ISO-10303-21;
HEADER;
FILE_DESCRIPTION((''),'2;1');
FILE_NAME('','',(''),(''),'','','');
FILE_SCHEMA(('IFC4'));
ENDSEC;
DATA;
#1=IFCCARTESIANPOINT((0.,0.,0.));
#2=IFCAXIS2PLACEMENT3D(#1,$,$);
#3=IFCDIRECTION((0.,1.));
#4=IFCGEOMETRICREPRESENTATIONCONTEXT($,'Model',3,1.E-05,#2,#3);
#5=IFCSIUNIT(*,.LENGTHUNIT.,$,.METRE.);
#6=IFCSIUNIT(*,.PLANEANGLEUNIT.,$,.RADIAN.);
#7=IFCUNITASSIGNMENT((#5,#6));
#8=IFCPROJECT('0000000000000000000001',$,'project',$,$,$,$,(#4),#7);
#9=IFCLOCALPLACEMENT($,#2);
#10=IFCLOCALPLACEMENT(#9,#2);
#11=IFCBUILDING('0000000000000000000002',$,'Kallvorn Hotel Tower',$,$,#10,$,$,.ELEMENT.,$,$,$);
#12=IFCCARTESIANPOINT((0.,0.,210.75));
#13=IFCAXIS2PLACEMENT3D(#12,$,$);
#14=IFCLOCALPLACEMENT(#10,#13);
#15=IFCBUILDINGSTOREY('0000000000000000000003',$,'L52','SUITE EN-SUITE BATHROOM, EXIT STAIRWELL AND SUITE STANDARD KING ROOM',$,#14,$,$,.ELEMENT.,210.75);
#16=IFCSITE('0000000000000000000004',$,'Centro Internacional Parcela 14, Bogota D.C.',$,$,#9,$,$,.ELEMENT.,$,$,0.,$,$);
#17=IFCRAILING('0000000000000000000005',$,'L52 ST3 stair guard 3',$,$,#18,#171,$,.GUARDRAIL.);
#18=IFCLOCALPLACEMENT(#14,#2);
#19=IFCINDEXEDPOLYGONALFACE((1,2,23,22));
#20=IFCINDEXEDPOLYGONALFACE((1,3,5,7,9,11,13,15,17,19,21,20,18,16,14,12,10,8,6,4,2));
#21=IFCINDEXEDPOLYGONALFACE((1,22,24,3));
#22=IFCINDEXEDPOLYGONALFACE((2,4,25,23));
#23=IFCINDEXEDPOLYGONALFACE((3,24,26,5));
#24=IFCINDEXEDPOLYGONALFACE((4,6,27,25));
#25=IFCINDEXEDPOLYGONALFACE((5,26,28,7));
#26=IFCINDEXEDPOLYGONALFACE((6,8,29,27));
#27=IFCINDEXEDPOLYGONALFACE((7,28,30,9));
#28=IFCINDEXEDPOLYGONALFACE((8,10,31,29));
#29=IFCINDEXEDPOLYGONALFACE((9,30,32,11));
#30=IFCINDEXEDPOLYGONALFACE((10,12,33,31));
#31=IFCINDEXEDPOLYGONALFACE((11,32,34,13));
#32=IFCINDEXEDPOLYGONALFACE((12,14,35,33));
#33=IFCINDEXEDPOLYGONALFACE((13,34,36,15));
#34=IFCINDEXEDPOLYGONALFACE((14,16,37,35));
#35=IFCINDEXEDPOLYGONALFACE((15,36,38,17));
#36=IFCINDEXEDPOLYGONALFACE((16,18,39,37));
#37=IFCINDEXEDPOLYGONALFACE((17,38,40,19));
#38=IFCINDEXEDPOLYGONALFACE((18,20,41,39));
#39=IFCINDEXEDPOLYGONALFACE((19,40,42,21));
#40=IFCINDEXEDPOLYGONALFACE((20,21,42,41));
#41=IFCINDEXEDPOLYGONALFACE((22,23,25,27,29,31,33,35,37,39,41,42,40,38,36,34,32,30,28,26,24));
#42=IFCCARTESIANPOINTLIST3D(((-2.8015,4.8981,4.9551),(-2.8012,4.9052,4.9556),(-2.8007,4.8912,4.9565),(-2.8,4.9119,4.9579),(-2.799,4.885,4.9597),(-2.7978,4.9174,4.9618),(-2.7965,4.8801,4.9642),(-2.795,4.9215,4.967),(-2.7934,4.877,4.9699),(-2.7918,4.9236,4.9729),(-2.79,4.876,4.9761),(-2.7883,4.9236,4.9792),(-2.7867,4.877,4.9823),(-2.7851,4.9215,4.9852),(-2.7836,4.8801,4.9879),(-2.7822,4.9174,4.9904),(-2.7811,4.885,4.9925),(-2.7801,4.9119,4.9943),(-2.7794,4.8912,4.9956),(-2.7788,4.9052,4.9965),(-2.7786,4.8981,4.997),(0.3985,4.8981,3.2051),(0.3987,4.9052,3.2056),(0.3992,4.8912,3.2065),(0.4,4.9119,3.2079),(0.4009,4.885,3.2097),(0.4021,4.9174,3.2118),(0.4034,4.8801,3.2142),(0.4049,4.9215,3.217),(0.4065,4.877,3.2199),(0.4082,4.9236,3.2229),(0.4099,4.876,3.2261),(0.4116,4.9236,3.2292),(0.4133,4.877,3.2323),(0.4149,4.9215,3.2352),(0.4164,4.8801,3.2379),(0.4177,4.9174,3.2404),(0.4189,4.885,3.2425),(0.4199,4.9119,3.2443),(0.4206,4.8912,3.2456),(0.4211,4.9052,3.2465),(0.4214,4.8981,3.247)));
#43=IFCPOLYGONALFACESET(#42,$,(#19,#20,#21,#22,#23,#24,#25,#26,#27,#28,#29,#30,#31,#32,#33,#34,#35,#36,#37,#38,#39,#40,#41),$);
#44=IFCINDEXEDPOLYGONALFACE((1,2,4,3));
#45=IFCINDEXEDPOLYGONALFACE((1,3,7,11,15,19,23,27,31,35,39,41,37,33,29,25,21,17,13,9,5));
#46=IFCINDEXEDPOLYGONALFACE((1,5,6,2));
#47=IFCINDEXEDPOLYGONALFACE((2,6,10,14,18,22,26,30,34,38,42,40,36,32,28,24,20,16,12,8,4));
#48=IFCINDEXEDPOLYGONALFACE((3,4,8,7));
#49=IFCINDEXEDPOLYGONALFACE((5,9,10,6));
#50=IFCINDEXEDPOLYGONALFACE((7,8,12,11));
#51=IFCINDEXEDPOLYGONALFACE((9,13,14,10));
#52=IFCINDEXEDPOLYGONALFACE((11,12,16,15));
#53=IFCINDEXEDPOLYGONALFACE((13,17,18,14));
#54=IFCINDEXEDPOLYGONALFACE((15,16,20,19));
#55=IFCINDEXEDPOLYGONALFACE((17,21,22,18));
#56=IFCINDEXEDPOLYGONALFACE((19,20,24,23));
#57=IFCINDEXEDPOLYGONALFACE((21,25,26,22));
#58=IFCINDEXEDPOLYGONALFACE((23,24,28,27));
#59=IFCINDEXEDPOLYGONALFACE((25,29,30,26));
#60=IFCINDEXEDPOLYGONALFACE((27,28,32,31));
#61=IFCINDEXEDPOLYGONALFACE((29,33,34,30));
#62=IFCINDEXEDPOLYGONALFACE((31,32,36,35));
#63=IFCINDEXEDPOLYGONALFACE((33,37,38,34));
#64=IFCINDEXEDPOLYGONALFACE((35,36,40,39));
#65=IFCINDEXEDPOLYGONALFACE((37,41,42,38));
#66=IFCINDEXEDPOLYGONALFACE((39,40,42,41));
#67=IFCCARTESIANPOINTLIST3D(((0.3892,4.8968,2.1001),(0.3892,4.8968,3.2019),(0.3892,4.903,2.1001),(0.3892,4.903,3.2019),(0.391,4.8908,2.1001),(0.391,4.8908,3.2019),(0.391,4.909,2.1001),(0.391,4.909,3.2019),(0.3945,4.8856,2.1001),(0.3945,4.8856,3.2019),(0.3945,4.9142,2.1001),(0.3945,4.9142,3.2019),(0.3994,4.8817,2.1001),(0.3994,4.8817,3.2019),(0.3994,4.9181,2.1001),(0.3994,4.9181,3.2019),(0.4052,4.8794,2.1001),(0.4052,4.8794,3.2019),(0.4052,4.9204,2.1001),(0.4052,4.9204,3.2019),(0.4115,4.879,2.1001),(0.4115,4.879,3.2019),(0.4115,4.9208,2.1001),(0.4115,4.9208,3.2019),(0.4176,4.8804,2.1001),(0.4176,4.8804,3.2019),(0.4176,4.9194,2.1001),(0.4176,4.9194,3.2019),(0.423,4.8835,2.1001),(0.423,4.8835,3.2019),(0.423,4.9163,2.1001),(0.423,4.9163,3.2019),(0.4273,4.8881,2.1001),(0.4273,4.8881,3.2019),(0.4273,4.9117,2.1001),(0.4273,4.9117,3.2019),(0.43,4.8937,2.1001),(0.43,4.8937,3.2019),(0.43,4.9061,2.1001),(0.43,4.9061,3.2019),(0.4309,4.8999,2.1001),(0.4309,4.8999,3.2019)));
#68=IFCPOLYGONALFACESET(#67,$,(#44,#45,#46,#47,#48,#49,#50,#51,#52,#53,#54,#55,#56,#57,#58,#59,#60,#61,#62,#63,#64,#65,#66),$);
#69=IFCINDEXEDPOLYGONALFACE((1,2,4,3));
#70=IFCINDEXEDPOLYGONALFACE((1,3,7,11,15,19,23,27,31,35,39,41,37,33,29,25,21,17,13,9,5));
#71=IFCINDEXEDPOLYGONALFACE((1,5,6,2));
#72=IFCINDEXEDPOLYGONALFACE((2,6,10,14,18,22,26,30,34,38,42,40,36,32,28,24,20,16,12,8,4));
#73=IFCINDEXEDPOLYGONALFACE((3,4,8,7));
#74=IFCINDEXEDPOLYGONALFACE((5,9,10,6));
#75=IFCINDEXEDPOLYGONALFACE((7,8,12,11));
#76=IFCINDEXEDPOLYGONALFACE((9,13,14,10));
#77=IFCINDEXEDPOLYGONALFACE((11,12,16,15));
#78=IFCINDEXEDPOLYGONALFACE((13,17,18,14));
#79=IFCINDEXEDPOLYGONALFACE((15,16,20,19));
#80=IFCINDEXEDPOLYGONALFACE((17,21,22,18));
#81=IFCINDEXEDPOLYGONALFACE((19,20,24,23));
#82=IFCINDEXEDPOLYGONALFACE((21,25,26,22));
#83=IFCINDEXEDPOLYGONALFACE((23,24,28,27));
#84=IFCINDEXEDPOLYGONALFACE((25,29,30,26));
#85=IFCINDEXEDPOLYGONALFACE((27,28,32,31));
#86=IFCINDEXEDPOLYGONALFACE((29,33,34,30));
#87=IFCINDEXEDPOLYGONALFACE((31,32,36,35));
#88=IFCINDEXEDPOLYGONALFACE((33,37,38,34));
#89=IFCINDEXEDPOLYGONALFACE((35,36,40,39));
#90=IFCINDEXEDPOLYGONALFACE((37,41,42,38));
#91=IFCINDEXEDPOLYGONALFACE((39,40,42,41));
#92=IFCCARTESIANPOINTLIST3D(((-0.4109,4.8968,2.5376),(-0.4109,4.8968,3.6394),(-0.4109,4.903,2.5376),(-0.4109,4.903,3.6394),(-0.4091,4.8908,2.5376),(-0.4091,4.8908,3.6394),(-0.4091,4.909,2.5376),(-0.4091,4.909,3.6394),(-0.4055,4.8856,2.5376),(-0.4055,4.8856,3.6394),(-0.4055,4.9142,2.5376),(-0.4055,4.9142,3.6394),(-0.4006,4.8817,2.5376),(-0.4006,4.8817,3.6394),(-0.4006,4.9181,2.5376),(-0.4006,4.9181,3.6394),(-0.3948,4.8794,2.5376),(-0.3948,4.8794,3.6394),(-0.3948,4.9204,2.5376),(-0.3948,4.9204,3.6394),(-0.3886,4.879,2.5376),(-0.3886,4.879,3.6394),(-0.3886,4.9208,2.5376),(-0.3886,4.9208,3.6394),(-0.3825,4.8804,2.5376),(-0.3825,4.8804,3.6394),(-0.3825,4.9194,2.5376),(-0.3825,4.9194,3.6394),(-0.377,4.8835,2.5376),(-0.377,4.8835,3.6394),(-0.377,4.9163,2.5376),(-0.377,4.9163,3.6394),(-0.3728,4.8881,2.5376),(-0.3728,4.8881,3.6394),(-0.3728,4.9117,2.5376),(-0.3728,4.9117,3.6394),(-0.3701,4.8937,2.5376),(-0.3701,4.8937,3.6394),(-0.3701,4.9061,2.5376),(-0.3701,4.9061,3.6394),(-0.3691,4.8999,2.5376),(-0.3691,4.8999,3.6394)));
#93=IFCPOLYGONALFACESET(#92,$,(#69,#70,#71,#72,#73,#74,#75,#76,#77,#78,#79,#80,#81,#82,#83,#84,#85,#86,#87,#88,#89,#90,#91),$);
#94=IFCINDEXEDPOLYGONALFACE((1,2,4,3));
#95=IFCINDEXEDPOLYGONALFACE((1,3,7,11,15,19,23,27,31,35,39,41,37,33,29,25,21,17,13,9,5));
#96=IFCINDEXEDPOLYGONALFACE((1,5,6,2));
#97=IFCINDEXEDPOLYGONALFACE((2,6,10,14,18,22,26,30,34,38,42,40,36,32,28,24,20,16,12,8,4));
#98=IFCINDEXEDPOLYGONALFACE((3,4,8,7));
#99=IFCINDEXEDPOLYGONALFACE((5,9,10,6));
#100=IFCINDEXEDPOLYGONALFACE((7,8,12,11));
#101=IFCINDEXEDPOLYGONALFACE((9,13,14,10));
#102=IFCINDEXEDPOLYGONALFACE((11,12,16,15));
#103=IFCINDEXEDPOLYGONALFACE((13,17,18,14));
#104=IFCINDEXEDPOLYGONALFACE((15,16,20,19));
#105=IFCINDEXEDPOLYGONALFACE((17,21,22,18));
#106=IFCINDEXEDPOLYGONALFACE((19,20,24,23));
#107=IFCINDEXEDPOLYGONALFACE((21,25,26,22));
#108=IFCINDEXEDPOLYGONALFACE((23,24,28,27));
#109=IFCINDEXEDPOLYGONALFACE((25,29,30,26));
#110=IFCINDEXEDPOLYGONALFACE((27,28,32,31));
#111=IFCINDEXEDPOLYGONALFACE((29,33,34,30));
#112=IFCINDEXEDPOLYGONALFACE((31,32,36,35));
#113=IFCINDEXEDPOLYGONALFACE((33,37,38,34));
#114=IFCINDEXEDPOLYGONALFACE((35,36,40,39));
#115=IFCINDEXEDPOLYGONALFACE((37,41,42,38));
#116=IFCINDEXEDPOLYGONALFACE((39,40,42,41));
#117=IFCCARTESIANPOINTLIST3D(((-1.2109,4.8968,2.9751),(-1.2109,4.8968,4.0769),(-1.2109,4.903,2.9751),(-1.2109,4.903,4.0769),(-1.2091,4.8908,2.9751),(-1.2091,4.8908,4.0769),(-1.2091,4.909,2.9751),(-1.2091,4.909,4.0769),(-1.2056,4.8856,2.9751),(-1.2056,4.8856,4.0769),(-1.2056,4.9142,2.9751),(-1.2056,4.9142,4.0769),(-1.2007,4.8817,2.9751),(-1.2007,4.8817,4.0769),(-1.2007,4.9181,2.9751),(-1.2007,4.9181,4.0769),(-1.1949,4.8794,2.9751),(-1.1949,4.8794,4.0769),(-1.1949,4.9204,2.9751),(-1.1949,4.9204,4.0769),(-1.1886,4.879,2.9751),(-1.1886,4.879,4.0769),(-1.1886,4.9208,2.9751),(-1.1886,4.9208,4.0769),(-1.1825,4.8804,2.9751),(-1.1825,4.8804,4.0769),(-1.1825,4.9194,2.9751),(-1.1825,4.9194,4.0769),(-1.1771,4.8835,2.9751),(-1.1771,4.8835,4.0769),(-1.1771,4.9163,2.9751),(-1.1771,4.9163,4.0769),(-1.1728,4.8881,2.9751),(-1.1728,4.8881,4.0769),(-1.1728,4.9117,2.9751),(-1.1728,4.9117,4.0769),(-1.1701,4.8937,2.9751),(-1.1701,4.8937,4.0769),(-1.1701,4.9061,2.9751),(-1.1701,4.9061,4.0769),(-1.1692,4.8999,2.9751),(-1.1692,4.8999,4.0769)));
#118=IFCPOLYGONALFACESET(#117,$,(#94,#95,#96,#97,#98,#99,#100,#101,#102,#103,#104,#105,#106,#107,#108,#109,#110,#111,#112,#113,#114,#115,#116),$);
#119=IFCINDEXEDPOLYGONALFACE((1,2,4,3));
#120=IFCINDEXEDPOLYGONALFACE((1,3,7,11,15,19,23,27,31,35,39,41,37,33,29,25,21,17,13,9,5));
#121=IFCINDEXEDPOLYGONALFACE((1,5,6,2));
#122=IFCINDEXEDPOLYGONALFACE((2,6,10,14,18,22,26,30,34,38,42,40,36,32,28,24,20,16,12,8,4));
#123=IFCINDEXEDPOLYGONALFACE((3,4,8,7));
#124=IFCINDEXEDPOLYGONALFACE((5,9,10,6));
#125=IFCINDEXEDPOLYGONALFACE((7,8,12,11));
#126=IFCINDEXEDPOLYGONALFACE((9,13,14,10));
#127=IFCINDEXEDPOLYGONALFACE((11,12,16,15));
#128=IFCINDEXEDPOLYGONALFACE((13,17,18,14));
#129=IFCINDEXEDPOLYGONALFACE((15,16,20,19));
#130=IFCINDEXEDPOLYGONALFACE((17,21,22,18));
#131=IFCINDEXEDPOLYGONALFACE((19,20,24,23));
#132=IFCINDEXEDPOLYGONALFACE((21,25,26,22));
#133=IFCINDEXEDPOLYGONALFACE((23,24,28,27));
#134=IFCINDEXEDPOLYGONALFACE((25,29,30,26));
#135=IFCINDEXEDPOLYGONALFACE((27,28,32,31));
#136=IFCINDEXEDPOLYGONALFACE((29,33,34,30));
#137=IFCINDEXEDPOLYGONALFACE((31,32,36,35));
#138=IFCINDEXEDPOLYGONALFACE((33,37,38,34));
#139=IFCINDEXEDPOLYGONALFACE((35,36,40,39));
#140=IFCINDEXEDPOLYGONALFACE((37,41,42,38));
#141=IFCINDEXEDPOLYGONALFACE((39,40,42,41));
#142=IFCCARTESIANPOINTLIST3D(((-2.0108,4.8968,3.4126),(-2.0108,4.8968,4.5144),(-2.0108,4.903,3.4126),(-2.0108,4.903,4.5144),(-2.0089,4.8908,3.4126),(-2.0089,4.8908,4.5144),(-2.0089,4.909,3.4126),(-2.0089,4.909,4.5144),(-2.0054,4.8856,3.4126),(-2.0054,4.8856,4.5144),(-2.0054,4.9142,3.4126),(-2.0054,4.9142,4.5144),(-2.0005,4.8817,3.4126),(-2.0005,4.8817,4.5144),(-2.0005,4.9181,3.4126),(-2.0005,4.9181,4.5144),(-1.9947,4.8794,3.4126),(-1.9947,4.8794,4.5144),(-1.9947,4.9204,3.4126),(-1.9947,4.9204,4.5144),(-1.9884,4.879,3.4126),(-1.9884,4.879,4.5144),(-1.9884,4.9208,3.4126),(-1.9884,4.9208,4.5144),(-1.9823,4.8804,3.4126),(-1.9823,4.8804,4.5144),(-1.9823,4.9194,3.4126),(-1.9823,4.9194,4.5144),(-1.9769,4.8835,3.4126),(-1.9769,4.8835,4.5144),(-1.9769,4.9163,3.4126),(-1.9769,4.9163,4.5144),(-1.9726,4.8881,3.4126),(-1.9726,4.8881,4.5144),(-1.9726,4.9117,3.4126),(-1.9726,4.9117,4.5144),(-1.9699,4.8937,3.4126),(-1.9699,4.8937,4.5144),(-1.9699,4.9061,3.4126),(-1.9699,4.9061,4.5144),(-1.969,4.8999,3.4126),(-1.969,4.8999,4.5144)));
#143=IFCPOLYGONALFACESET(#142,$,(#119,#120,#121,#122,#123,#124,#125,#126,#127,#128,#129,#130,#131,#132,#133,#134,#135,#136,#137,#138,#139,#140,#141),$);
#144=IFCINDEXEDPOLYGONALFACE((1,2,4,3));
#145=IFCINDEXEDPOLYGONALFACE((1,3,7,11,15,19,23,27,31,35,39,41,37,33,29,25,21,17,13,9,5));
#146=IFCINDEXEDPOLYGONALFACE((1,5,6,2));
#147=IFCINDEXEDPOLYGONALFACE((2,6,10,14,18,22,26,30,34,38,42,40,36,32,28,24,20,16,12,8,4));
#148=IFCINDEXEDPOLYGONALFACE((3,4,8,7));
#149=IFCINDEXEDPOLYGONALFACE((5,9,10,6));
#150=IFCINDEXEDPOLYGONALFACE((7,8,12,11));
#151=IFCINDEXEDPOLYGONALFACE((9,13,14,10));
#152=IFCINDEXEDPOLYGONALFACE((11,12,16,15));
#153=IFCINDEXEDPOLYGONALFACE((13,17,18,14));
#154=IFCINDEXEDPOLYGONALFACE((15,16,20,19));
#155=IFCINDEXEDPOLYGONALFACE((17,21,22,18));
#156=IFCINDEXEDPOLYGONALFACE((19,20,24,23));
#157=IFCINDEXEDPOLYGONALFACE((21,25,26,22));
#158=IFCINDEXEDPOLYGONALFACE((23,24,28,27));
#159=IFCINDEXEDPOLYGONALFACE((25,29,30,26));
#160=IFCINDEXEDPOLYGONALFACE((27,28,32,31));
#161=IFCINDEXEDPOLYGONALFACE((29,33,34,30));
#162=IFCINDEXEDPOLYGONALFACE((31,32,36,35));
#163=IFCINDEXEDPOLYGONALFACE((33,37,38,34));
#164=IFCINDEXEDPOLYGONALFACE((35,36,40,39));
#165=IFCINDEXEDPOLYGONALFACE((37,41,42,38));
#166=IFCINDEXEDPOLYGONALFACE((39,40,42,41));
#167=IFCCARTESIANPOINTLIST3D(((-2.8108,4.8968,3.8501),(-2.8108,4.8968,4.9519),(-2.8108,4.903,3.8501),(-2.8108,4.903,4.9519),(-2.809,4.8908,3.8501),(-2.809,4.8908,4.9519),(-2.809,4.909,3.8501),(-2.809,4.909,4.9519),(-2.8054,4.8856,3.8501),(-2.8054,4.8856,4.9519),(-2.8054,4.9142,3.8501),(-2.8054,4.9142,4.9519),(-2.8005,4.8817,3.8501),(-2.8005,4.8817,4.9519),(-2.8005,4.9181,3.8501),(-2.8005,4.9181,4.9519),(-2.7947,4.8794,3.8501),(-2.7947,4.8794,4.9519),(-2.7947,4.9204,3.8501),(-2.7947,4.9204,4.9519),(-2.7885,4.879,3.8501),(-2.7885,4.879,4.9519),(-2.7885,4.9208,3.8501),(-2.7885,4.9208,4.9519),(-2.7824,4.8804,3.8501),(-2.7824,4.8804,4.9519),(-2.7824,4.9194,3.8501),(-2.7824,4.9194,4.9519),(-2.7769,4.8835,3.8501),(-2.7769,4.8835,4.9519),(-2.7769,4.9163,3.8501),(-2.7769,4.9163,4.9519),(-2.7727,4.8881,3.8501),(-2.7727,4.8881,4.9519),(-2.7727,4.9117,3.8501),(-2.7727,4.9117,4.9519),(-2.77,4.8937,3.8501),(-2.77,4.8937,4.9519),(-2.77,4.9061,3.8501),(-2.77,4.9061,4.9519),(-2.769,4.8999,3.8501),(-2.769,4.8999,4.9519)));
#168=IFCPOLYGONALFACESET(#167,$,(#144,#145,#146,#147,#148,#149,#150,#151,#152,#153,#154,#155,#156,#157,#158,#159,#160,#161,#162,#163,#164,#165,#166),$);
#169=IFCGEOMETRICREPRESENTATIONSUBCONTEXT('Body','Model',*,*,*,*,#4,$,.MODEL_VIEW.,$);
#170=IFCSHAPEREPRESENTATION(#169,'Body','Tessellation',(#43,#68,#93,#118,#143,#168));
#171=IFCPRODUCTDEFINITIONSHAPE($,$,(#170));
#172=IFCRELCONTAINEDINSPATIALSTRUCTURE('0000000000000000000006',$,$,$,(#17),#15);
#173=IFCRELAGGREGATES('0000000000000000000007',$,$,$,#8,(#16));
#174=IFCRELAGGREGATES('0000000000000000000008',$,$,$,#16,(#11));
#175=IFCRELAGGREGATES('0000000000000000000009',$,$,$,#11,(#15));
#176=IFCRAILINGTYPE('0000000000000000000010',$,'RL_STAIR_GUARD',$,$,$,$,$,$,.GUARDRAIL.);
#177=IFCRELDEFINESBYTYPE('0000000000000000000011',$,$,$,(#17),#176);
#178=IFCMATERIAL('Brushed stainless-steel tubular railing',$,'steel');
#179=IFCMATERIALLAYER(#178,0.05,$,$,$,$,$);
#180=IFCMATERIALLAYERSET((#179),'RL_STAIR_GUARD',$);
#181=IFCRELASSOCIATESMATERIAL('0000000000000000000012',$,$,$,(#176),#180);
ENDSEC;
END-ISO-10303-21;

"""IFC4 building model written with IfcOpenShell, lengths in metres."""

from ifc_helpers import new_model, si_unit, direction, frame, origin, origin_2d, place, context, subcontext, project, spatial, circle, extrude, material, layer, layer_set, type_object, element, save


model = new_model("IFC4")

# Units and contexts
model_context = context("Model", 3, precision=1e-05, world=origin(), true_north=direction((0.0, 1.0)))
body_context = subcontext(model_context, "Body", "Model", "MODEL_VIEW")
ifc_project = project(units=[si_unit("LENGTHUNIT", "METRE"), si_unit("PLANEANGLEUNIT", "RADIAN")], contexts=[model_context])

# Site, building, storey
site_placement = place(None, origin())
site = spatial("IfcSite", under=ifc_project, at=site_placement, Name="Centro Internacional Parcela 14, Bogota D.C.", CompositionType="ELEMENT", RefElevation=0.0)
building_placement = place(site_placement, origin())
building = spatial("IfcBuilding", under=site, at=building_placement, Name="Kallvorn Hotel Tower", CompositionType="ELEMENT")
storey_placement = place(building_placement, frame((0.0, 0.0, 210.75)))
storey = spatial("IfcBuildingStorey", under=building, at=storey_placement, Name="L52", Description="SUITE EN-SUITE BATHROOM, EXIT STAIRWELL AND SUITE STANDARD KING ROOM", CompositionType="ELEMENT", Elevation=210.75)

# Railing
ifc_material_1 = material(Name="Brushed stainless-steel tubular railing", Category="steel")
ifc_layer_1 = layer(ifc_material_1, 0.05)
ifc_layer_set_1 = layer_set([ifc_layer_1], Name="RL_STAIR_GUARD")
railing_type_1 = type_object("IfcRailingType", Name="RL_STAIR_GUARD", PredefinedType="GUARDRAIL", material=ifc_layer_set_1)
railing_1_placement = place(storey_placement, frame((0.4099, 4.8999, 2.1001)))
element("IfcRailing", 1, at=railing_1_placement, inside=storey, type_object=railing_type_1, Name="L52 ST3 stair guard 3", PredefinedType="GUARDRAIL", context=body_context, shape_type="SweptSolid", body=[
    extrude(circle(Radius=0.0239, at=origin_2d()), frame((0.0, 0.0, 1.126), z_axis=(-0.877368, 0.0, 0.479818), x_axis=(0.0, -1.0, 0.0)), (0.0, 0.0, 1.0), 3.6472),
    extrude(circle(Radius=0.021, at=origin_2d()), origin(), (0.0, 0.0, 1.0), 1.1018),
    extrude(circle(Radius=0.021, at=origin_2d()), frame((-0.8, 0.0, 0.4375)), (0.0, 0.0, 1.0), 1.1018),
    extrude(circle(Radius=0.021, at=origin_2d()), frame((-1.6001, 0.0, 0.875)), (0.0, 0.0, 1.0), 1.1018),
    extrude(circle(Radius=0.021, at=origin_2d()), frame((-2.3999, 0.0, 1.3125)), (0.0, 0.0, 1.0), 1.1018),
    extrude(circle(Radius=0.021, at=origin_2d()), frame((-3.2, 0.0, 1.75)), (0.0, 0.0, 1.0), 1.1018),
])

save(model, "model.ifc")
